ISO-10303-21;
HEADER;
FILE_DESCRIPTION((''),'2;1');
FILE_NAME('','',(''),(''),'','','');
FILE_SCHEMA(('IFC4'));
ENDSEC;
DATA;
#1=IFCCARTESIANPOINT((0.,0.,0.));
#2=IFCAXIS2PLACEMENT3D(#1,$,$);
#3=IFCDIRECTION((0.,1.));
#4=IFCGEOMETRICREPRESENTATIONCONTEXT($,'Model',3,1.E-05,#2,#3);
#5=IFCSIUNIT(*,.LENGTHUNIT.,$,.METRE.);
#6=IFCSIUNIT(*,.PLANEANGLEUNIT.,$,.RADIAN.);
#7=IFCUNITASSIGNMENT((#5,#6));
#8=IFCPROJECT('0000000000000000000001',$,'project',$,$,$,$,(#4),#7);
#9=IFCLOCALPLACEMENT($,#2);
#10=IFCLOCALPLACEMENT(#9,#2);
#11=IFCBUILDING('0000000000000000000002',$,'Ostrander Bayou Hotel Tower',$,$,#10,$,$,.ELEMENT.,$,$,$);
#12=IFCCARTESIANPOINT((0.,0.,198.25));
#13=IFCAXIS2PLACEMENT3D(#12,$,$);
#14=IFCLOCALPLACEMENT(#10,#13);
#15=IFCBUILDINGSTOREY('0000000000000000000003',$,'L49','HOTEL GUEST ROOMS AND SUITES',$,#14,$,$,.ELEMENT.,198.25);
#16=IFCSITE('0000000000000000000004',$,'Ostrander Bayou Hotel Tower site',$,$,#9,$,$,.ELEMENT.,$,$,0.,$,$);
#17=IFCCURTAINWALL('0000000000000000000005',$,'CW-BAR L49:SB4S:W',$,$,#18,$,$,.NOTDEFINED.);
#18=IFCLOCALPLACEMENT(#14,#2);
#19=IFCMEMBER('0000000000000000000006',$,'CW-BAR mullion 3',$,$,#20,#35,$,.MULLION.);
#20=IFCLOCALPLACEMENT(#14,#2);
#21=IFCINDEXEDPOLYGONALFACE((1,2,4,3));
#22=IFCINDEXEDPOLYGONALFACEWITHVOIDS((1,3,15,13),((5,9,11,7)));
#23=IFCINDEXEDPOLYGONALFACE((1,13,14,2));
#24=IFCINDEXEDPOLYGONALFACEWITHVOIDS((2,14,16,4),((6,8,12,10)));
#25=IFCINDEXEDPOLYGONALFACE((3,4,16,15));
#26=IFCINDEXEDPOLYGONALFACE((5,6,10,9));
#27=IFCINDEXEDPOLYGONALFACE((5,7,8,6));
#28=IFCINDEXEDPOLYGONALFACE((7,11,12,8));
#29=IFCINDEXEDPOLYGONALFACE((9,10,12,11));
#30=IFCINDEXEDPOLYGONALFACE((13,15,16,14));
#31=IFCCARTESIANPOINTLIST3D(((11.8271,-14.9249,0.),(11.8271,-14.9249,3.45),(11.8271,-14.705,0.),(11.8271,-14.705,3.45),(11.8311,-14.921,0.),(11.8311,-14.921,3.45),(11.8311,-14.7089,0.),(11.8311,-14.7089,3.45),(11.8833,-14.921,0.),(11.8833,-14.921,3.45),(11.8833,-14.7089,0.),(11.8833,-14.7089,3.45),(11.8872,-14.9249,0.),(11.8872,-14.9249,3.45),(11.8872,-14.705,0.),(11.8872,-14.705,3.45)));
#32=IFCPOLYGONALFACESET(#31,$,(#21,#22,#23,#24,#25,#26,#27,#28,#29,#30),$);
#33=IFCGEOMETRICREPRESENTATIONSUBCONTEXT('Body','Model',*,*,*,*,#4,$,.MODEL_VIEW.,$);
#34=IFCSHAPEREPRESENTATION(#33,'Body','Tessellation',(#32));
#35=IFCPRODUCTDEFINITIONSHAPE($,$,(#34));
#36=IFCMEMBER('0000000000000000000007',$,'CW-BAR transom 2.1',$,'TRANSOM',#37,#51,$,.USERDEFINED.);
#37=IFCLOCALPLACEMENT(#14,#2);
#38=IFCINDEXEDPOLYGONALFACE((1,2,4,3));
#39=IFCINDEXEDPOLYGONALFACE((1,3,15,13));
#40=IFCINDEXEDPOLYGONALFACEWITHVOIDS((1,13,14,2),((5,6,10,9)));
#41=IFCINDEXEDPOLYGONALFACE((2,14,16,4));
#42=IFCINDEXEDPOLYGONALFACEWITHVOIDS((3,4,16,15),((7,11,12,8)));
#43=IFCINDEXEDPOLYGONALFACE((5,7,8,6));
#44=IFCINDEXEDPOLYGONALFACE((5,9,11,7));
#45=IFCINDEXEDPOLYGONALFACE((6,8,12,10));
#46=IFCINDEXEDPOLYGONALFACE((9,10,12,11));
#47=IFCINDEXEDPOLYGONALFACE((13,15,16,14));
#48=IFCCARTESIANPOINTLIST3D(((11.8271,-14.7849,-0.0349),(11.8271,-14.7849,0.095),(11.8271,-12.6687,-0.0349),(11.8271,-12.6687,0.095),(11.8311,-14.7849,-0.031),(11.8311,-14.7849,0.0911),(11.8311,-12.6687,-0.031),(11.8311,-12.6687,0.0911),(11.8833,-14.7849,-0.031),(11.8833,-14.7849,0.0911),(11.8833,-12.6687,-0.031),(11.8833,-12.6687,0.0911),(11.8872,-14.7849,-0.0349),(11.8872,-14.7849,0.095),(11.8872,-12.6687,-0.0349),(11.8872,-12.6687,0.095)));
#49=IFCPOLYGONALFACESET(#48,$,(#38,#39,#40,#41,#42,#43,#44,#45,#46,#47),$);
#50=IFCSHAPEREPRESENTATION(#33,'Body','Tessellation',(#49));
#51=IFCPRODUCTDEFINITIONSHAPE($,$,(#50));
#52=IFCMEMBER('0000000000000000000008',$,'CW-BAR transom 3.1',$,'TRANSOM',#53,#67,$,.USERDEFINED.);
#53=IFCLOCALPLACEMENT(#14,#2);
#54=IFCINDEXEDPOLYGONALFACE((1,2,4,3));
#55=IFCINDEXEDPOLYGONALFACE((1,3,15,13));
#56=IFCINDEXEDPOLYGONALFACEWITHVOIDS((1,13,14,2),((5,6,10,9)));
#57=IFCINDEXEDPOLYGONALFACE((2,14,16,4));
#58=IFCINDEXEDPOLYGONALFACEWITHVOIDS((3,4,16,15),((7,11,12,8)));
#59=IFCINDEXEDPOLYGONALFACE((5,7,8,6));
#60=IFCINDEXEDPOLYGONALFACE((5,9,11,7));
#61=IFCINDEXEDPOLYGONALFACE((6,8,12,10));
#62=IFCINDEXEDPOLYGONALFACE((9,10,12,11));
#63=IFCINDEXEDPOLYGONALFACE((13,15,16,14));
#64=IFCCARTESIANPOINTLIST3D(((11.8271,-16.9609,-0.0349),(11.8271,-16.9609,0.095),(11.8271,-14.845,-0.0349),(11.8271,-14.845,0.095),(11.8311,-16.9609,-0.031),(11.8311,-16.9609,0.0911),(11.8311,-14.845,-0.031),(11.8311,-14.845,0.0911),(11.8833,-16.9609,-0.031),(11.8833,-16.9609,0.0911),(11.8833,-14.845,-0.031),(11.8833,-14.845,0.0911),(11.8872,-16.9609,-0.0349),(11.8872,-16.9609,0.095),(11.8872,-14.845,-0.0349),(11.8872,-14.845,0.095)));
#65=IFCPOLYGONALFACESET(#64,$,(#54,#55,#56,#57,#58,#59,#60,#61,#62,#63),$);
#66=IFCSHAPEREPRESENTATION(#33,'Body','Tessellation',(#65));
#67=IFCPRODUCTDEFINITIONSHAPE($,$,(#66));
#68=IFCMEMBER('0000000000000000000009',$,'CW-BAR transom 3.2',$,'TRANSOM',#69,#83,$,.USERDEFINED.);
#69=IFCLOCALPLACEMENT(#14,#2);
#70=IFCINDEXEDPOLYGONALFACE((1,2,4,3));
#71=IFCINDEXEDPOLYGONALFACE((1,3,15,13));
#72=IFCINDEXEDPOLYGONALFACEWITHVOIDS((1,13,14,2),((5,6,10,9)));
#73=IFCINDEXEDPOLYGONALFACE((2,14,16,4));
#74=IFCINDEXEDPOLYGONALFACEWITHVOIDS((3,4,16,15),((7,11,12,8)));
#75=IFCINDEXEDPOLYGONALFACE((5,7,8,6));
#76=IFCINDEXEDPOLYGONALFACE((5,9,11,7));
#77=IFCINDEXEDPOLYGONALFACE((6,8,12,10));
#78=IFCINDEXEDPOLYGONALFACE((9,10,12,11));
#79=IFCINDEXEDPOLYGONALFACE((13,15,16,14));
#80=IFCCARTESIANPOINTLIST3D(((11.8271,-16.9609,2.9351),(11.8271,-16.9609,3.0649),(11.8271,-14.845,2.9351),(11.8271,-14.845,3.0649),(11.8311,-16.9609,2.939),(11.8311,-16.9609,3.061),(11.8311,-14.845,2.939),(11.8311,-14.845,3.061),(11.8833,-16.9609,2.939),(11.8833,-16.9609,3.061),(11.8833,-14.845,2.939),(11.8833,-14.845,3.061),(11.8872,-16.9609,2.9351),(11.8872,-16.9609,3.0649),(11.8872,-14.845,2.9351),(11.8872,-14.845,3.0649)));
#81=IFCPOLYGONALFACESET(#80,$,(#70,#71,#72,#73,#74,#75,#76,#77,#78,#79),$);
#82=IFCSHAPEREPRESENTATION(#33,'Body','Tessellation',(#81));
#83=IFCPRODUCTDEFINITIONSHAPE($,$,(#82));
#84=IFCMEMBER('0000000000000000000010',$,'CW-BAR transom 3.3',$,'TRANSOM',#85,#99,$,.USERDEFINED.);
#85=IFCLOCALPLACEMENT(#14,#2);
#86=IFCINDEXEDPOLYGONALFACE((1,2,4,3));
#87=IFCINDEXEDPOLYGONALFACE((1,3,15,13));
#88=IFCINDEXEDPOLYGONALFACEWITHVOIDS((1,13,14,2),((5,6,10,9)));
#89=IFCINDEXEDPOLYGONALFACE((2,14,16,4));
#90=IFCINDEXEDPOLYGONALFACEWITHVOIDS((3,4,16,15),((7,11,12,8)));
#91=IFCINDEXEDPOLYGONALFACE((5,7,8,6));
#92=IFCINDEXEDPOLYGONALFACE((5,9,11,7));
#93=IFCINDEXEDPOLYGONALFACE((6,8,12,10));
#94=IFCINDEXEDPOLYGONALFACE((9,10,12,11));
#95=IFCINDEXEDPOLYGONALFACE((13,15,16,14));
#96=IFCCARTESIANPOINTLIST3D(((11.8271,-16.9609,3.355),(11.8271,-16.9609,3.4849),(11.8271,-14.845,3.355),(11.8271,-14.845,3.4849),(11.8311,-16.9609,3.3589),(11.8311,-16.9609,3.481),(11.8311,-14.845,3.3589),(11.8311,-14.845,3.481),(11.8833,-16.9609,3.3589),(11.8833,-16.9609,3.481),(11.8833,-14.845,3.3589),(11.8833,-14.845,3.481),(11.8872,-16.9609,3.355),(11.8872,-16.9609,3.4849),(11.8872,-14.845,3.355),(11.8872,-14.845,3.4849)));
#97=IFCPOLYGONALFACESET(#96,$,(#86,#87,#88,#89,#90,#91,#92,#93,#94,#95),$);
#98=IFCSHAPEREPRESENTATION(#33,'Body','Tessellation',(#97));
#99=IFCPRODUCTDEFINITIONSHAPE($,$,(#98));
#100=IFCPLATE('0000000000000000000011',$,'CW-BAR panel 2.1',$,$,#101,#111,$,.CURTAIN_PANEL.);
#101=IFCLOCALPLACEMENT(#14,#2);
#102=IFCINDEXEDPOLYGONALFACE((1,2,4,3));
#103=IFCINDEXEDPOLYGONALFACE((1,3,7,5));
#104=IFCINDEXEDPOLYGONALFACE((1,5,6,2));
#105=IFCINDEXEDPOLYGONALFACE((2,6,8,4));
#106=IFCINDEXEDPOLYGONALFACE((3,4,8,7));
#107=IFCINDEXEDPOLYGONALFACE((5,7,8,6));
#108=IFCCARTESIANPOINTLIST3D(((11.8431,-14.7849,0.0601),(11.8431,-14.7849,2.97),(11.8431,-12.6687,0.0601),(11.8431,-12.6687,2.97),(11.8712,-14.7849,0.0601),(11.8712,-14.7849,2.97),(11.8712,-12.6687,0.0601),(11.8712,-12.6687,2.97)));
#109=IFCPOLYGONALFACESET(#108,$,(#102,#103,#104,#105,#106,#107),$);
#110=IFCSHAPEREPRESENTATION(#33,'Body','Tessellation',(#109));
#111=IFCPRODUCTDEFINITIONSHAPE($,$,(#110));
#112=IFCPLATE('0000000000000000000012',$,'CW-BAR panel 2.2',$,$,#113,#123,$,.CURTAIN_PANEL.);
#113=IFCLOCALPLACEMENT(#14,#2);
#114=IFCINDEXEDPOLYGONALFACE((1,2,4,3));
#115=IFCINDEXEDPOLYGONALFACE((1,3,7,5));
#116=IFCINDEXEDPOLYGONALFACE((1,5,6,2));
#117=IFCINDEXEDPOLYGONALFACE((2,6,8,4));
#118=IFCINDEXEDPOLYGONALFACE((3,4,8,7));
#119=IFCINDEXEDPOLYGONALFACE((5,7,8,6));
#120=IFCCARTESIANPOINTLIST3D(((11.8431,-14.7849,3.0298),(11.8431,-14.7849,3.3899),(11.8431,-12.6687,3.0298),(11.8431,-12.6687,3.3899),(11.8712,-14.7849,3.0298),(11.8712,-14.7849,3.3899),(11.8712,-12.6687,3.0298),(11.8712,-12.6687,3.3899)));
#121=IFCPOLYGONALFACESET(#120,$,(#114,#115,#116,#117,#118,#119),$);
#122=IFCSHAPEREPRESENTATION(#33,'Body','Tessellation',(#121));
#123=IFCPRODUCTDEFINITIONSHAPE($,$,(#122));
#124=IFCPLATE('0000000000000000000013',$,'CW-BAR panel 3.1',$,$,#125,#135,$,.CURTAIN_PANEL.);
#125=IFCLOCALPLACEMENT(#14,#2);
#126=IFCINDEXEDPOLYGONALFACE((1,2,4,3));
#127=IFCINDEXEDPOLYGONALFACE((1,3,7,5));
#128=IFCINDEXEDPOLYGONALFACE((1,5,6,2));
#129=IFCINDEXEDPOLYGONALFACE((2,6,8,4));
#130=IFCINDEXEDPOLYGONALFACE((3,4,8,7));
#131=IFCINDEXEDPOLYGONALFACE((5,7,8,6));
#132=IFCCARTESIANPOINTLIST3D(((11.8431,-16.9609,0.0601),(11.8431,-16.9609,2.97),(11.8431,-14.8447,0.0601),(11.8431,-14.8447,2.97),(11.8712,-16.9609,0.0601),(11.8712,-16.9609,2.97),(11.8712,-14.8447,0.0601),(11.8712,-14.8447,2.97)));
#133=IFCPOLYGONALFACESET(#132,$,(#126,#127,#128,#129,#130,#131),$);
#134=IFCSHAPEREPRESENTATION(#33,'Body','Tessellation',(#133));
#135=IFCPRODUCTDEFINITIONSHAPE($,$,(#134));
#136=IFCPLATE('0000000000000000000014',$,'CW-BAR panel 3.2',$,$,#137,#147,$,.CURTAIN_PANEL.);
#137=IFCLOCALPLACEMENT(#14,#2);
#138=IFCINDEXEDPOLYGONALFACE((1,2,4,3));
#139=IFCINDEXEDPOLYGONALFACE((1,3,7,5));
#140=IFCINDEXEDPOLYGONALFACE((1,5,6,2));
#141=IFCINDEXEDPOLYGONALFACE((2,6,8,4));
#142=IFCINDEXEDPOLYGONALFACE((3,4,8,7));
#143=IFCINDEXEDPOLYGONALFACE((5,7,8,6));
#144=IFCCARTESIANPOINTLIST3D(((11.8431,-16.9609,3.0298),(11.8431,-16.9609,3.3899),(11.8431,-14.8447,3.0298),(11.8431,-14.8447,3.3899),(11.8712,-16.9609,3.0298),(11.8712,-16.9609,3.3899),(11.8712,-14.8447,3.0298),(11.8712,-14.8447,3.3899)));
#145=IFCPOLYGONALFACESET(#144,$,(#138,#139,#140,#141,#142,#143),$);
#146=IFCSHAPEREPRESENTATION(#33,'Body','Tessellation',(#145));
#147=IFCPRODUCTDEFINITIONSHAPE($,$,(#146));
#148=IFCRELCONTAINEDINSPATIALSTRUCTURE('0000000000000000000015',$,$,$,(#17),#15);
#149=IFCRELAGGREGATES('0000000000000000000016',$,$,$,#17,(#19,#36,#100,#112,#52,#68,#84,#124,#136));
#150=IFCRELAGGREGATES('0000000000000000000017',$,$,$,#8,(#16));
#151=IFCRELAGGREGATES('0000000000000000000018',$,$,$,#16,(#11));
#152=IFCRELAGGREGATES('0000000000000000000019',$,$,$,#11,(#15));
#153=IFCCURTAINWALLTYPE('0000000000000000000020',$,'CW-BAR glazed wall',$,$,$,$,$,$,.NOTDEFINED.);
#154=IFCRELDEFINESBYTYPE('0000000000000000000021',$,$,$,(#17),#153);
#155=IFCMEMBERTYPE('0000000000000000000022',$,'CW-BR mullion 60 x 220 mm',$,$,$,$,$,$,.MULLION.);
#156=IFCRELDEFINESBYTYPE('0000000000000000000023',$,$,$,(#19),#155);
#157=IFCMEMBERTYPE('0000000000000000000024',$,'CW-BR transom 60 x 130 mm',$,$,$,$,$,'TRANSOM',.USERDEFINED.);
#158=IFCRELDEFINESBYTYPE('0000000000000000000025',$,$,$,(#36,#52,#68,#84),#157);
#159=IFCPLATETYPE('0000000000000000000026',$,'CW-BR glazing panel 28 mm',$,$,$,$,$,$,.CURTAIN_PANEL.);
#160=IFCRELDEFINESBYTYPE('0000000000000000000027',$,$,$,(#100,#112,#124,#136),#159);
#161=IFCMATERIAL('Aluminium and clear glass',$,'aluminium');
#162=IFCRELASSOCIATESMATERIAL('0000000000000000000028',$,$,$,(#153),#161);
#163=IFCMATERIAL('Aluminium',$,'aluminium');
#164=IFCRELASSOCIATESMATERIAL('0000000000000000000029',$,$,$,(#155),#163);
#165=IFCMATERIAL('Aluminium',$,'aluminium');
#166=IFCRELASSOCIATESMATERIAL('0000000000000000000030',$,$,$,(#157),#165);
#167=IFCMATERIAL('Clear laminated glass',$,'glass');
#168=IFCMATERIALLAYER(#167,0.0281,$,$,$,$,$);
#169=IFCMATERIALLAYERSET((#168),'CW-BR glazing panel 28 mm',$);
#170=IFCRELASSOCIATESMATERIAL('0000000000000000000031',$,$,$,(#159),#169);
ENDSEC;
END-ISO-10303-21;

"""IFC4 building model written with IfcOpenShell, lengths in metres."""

from ifc_helpers import new_model, si_unit, direction, frame, origin, origin_2d, place, context, subcontext, project, spatial, rectangle, hollow_rectangle, extrude, material, layer, layer_set, material_profile, profile_set, type_object, element, aggregate, save


model = new_model("IFC4")

# Units and contexts
model_context = context("Model", 3, precision=1e-05, world=origin(), true_north=direction((0.0, 1.0)))
body_context = subcontext(model_context, "Body", "Model", "MODEL_VIEW")
ifc_project = project(units=[si_unit("LENGTHUNIT", "METRE"), si_unit("PLANEANGLEUNIT", "RADIAN")], contexts=[model_context])

# Site, building, storey
site_placement = place(None, origin())
site = spatial("IfcSite", under=ifc_project, at=site_placement, Name="Ostrander Bayou Hotel Tower site", CompositionType="ELEMENT", RefElevation=0.0)
building_placement = place(site_placement, origin())
building = spatial("IfcBuilding", under=site, at=building_placement, Name="Ostrander Bayou Hotel Tower", CompositionType="ELEMENT")
storey_placement = place(building_placement, frame((0.0, 0.0, 198.25)))
storey = spatial("IfcBuildingStorey", under=building, at=storey_placement, Name="L49", Description="HOTEL GUEST ROOMS AND SUITES", CompositionType="ELEMENT", Elevation=198.25)

# Curtain wall, members, plates
ifc_material_1 = material(Name="Aluminium and clear glass", Category="aluminium")
curtain_wall_type = type_object("IfcCurtainWallType", Name="CW-BAR glazed wall", PredefinedType="NOTDEFINED", material=ifc_material_1)
curtain_wall_placement = place(storey_placement, origin())
curtain_wall = element("IfcCurtainWall", 1, at=curtain_wall_placement, inside=storey, type_object=curtain_wall_type, Name="CW-BAR L49:SB4S:W", PredefinedType="NOTDEFINED")
ifc_material_2 = material(Name="Aluminium", Category="aluminium")
ifc_material_profile_1 = material_profile(ifc_material_2, hollow_rectangle(XDim=0.0601, YDim=0.22, WallThickness=0.0039, at=origin_2d()))
ifc_profile_set_1 = profile_set([ifc_material_profile_1], Name="Aluminium")
member_type_1 = type_object("IfcMemberType", Name="CW-BR mullion 60 x 220 mm", PredefinedType="MULLION", material=ifc_profile_set_1)
member_1_placement = place(storey_placement, frame((11.8572, -14.8149, 0.0), z_axis=(0.0, 0.0, 1.0), x_axis=(1.0, 0.0, 0.0)))
member_1 = element("IfcMember", 2, at=member_1_placement, type_object=member_type_1, Name="CW-BAR mullion 3", PredefinedType="MULLION", context=body_context, shape_type="SweptSolid", body=[
    extrude(hollow_rectangle(XDim=0.0601, YDim=0.22, WallThickness=0.0039, at=origin_2d()), origin(), (0.0, 0.0, 1.0), 3.45),
])
ifc_material_3 = material(Name="Aluminium", Category="aluminium")
ifc_material_profile_2 = material_profile(ifc_material_3, hollow_rectangle(XDim=0.0601, YDim=0.1299, WallThickness=0.0039, at=origin_2d()))
ifc_profile_set_2 = profile_set([ifc_material_profile_2], Name="Aluminium")
member_type_2 = type_object("IfcMemberType", Name="CW-BR transom 60 x 130 mm", ElementType="TRANSOM", PredefinedType="USERDEFINED", material=ifc_profile_set_2)
member_2_placement = place(storey_placement, frame((11.8572, -12.6687, 0.03), z_axis=(0.0, -1.0, 0.0), x_axis=(1.0, 0.0, 0.0)))
member_2 = element("IfcMember", 3, at=member_2_placement, type_object=member_type_2, Name="CW-BAR transom 2.1", ObjectType="TRANSOM", PredefinedType="USERDEFINED", context=body_context, shape_type="SweptSolid", body=[
    extrude(hollow_rectangle(XDim=0.0601, YDim=0.1299, WallThickness=0.0039, at=origin_2d()), origin(), (0.0, 0.0, 1.0), 2.1162),
])
member_3_placement = place(storey_placement, frame((11.8572, -14.845, 0.03), z_axis=(0.0, -1.0, 0.0), x_axis=(1.0, 0.0, 0.0)))
member_3 = element("IfcMember", 4, at=member_3_placement, type_object=member_type_2, Name="CW-BAR transom 3.1", ObjectType="TRANSOM", PredefinedType="USERDEFINED", context=body_context, shape_type="SweptSolid", body=[
    extrude(hollow_rectangle(XDim=0.0601, YDim=0.1299, WallThickness=0.0039, at=origin_2d()), origin(), (0.0, 0.0, 1.0), 2.116),
])
member_4_placement = place(storey_placement, frame((11.8572, -14.845, 3.0), z_axis=(0.0, -1.0, 0.0), x_axis=(1.0, 0.0, 0.0)))
member_4 = element("IfcMember", 5, at=member_4_placement, type_object=member_type_2, Name="CW-BAR transom 3.2", ObjectType="TRANSOM", PredefinedType="USERDEFINED", context=body_context, shape_type="SweptSolid", body=[
    extrude(hollow_rectangle(XDim=0.0601, YDim=0.1299, WallThickness=0.0039, at=origin_2d()), origin(), (0.0, 0.0, 1.0), 2.116),
])
member_5_placement = place(storey_placement, frame((11.8572, -14.845, 3.4199), z_axis=(0.0, -1.0, 0.0), x_axis=(1.0, 0.0, 0.0)))
member_5 = element("IfcMember", 6, at=member_5_placement, type_object=member_type_2, Name="CW-BAR transom 3.3", ObjectType="TRANSOM", PredefinedType="USERDEFINED", context=body_context, shape_type="SweptSolid", body=[
    extrude(hollow_rectangle(XDim=0.0601, YDim=0.1299, WallThickness=0.0039, at=origin_2d()), origin(), (0.0, 0.0, 1.0), 2.116),
])
ifc_material_4 = material(Name="Clear laminated glass", Category="glass")
ifc_layer_1 = layer(ifc_material_4, 0.0281)
ifc_layer_set_1 = layer_set([ifc_layer_1], Name="CW-BR glazing panel 28 mm")
plate_type = type_object("IfcPlateType", Name="CW-BR glazing panel 28 mm", PredefinedType="CURTAIN_PANEL", material=ifc_layer_set_1)
plate_1_placement = place(storey_placement, frame((11.8572, -13.7268, 0.0601), z_axis=(0.0, 0.0, 1.0), x_axis=(0.0, -1.0, 0.0)))
plate_1 = element("IfcPlate", 7, at=plate_1_placement, type_object=plate_type, Name="CW-BAR panel 2.1", PredefinedType="CURTAIN_PANEL", context=body_context, shape_type="SweptSolid", body=[
    extrude(rectangle(XDim=2.1162, YDim=0.0281, at=origin_2d()), origin(), (0.0, 0.0, 1.0), 2.9099),
])
plate_2_placement = place(storey_placement, frame((11.8572, -13.7268, 3.0298), z_axis=(0.0, 0.0, 1.0), x_axis=(0.0, -1.0, 0.0)))
plate_2 = element("IfcPlate", 8, at=plate_2_placement, type_object=plate_type, Name="CW-BAR panel 2.2", PredefinedType="CURTAIN_PANEL", context=body_context, shape_type="SweptSolid", body=[
    extrude(rectangle(XDim=2.1162, YDim=0.0281, at=origin_2d()), origin(), (0.0, 0.0, 1.0), 0.3601),
])
plate_3_placement = place(storey_placement, frame((11.8572, -15.9028, 0.0601), z_axis=(0.0, 0.0, 1.0), x_axis=(0.0, -1.0, 0.0)))
plate_3 = element("IfcPlate", 9, at=plate_3_placement, type_object=plate_type, Name="CW-BAR panel 3.1", PredefinedType="CURTAIN_PANEL", context=body_context, shape_type="SweptSolid", body=[
    extrude(rectangle(XDim=2.1162, YDim=0.0281, at=origin_2d()), origin(), (0.0, 0.0, 1.0), 2.9099),
])
plate_4_placement = place(storey_placement, frame((11.8572, -15.9028, 3.0298), z_axis=(0.0, 0.0, 1.0), x_axis=(0.0, -1.0, 0.0)))
plate_4 = element("IfcPlate", 10, at=plate_4_placement, type_object=plate_type, Name="CW-BAR panel 3.2", PredefinedType="CURTAIN_PANEL", context=body_context, shape_type="SweptSolid", body=[
    extrude(rectangle(XDim=2.1162, YDim=0.0281, at=origin_2d()), origin(), (0.0, 0.0, 1.0), 0.3601),
])
aggregate(curtain_wall, [member_1, member_2, plate_1, plate_2, member_3, member_4, member_5, plate_3, plate_4])

save(model, "model.ifc")
